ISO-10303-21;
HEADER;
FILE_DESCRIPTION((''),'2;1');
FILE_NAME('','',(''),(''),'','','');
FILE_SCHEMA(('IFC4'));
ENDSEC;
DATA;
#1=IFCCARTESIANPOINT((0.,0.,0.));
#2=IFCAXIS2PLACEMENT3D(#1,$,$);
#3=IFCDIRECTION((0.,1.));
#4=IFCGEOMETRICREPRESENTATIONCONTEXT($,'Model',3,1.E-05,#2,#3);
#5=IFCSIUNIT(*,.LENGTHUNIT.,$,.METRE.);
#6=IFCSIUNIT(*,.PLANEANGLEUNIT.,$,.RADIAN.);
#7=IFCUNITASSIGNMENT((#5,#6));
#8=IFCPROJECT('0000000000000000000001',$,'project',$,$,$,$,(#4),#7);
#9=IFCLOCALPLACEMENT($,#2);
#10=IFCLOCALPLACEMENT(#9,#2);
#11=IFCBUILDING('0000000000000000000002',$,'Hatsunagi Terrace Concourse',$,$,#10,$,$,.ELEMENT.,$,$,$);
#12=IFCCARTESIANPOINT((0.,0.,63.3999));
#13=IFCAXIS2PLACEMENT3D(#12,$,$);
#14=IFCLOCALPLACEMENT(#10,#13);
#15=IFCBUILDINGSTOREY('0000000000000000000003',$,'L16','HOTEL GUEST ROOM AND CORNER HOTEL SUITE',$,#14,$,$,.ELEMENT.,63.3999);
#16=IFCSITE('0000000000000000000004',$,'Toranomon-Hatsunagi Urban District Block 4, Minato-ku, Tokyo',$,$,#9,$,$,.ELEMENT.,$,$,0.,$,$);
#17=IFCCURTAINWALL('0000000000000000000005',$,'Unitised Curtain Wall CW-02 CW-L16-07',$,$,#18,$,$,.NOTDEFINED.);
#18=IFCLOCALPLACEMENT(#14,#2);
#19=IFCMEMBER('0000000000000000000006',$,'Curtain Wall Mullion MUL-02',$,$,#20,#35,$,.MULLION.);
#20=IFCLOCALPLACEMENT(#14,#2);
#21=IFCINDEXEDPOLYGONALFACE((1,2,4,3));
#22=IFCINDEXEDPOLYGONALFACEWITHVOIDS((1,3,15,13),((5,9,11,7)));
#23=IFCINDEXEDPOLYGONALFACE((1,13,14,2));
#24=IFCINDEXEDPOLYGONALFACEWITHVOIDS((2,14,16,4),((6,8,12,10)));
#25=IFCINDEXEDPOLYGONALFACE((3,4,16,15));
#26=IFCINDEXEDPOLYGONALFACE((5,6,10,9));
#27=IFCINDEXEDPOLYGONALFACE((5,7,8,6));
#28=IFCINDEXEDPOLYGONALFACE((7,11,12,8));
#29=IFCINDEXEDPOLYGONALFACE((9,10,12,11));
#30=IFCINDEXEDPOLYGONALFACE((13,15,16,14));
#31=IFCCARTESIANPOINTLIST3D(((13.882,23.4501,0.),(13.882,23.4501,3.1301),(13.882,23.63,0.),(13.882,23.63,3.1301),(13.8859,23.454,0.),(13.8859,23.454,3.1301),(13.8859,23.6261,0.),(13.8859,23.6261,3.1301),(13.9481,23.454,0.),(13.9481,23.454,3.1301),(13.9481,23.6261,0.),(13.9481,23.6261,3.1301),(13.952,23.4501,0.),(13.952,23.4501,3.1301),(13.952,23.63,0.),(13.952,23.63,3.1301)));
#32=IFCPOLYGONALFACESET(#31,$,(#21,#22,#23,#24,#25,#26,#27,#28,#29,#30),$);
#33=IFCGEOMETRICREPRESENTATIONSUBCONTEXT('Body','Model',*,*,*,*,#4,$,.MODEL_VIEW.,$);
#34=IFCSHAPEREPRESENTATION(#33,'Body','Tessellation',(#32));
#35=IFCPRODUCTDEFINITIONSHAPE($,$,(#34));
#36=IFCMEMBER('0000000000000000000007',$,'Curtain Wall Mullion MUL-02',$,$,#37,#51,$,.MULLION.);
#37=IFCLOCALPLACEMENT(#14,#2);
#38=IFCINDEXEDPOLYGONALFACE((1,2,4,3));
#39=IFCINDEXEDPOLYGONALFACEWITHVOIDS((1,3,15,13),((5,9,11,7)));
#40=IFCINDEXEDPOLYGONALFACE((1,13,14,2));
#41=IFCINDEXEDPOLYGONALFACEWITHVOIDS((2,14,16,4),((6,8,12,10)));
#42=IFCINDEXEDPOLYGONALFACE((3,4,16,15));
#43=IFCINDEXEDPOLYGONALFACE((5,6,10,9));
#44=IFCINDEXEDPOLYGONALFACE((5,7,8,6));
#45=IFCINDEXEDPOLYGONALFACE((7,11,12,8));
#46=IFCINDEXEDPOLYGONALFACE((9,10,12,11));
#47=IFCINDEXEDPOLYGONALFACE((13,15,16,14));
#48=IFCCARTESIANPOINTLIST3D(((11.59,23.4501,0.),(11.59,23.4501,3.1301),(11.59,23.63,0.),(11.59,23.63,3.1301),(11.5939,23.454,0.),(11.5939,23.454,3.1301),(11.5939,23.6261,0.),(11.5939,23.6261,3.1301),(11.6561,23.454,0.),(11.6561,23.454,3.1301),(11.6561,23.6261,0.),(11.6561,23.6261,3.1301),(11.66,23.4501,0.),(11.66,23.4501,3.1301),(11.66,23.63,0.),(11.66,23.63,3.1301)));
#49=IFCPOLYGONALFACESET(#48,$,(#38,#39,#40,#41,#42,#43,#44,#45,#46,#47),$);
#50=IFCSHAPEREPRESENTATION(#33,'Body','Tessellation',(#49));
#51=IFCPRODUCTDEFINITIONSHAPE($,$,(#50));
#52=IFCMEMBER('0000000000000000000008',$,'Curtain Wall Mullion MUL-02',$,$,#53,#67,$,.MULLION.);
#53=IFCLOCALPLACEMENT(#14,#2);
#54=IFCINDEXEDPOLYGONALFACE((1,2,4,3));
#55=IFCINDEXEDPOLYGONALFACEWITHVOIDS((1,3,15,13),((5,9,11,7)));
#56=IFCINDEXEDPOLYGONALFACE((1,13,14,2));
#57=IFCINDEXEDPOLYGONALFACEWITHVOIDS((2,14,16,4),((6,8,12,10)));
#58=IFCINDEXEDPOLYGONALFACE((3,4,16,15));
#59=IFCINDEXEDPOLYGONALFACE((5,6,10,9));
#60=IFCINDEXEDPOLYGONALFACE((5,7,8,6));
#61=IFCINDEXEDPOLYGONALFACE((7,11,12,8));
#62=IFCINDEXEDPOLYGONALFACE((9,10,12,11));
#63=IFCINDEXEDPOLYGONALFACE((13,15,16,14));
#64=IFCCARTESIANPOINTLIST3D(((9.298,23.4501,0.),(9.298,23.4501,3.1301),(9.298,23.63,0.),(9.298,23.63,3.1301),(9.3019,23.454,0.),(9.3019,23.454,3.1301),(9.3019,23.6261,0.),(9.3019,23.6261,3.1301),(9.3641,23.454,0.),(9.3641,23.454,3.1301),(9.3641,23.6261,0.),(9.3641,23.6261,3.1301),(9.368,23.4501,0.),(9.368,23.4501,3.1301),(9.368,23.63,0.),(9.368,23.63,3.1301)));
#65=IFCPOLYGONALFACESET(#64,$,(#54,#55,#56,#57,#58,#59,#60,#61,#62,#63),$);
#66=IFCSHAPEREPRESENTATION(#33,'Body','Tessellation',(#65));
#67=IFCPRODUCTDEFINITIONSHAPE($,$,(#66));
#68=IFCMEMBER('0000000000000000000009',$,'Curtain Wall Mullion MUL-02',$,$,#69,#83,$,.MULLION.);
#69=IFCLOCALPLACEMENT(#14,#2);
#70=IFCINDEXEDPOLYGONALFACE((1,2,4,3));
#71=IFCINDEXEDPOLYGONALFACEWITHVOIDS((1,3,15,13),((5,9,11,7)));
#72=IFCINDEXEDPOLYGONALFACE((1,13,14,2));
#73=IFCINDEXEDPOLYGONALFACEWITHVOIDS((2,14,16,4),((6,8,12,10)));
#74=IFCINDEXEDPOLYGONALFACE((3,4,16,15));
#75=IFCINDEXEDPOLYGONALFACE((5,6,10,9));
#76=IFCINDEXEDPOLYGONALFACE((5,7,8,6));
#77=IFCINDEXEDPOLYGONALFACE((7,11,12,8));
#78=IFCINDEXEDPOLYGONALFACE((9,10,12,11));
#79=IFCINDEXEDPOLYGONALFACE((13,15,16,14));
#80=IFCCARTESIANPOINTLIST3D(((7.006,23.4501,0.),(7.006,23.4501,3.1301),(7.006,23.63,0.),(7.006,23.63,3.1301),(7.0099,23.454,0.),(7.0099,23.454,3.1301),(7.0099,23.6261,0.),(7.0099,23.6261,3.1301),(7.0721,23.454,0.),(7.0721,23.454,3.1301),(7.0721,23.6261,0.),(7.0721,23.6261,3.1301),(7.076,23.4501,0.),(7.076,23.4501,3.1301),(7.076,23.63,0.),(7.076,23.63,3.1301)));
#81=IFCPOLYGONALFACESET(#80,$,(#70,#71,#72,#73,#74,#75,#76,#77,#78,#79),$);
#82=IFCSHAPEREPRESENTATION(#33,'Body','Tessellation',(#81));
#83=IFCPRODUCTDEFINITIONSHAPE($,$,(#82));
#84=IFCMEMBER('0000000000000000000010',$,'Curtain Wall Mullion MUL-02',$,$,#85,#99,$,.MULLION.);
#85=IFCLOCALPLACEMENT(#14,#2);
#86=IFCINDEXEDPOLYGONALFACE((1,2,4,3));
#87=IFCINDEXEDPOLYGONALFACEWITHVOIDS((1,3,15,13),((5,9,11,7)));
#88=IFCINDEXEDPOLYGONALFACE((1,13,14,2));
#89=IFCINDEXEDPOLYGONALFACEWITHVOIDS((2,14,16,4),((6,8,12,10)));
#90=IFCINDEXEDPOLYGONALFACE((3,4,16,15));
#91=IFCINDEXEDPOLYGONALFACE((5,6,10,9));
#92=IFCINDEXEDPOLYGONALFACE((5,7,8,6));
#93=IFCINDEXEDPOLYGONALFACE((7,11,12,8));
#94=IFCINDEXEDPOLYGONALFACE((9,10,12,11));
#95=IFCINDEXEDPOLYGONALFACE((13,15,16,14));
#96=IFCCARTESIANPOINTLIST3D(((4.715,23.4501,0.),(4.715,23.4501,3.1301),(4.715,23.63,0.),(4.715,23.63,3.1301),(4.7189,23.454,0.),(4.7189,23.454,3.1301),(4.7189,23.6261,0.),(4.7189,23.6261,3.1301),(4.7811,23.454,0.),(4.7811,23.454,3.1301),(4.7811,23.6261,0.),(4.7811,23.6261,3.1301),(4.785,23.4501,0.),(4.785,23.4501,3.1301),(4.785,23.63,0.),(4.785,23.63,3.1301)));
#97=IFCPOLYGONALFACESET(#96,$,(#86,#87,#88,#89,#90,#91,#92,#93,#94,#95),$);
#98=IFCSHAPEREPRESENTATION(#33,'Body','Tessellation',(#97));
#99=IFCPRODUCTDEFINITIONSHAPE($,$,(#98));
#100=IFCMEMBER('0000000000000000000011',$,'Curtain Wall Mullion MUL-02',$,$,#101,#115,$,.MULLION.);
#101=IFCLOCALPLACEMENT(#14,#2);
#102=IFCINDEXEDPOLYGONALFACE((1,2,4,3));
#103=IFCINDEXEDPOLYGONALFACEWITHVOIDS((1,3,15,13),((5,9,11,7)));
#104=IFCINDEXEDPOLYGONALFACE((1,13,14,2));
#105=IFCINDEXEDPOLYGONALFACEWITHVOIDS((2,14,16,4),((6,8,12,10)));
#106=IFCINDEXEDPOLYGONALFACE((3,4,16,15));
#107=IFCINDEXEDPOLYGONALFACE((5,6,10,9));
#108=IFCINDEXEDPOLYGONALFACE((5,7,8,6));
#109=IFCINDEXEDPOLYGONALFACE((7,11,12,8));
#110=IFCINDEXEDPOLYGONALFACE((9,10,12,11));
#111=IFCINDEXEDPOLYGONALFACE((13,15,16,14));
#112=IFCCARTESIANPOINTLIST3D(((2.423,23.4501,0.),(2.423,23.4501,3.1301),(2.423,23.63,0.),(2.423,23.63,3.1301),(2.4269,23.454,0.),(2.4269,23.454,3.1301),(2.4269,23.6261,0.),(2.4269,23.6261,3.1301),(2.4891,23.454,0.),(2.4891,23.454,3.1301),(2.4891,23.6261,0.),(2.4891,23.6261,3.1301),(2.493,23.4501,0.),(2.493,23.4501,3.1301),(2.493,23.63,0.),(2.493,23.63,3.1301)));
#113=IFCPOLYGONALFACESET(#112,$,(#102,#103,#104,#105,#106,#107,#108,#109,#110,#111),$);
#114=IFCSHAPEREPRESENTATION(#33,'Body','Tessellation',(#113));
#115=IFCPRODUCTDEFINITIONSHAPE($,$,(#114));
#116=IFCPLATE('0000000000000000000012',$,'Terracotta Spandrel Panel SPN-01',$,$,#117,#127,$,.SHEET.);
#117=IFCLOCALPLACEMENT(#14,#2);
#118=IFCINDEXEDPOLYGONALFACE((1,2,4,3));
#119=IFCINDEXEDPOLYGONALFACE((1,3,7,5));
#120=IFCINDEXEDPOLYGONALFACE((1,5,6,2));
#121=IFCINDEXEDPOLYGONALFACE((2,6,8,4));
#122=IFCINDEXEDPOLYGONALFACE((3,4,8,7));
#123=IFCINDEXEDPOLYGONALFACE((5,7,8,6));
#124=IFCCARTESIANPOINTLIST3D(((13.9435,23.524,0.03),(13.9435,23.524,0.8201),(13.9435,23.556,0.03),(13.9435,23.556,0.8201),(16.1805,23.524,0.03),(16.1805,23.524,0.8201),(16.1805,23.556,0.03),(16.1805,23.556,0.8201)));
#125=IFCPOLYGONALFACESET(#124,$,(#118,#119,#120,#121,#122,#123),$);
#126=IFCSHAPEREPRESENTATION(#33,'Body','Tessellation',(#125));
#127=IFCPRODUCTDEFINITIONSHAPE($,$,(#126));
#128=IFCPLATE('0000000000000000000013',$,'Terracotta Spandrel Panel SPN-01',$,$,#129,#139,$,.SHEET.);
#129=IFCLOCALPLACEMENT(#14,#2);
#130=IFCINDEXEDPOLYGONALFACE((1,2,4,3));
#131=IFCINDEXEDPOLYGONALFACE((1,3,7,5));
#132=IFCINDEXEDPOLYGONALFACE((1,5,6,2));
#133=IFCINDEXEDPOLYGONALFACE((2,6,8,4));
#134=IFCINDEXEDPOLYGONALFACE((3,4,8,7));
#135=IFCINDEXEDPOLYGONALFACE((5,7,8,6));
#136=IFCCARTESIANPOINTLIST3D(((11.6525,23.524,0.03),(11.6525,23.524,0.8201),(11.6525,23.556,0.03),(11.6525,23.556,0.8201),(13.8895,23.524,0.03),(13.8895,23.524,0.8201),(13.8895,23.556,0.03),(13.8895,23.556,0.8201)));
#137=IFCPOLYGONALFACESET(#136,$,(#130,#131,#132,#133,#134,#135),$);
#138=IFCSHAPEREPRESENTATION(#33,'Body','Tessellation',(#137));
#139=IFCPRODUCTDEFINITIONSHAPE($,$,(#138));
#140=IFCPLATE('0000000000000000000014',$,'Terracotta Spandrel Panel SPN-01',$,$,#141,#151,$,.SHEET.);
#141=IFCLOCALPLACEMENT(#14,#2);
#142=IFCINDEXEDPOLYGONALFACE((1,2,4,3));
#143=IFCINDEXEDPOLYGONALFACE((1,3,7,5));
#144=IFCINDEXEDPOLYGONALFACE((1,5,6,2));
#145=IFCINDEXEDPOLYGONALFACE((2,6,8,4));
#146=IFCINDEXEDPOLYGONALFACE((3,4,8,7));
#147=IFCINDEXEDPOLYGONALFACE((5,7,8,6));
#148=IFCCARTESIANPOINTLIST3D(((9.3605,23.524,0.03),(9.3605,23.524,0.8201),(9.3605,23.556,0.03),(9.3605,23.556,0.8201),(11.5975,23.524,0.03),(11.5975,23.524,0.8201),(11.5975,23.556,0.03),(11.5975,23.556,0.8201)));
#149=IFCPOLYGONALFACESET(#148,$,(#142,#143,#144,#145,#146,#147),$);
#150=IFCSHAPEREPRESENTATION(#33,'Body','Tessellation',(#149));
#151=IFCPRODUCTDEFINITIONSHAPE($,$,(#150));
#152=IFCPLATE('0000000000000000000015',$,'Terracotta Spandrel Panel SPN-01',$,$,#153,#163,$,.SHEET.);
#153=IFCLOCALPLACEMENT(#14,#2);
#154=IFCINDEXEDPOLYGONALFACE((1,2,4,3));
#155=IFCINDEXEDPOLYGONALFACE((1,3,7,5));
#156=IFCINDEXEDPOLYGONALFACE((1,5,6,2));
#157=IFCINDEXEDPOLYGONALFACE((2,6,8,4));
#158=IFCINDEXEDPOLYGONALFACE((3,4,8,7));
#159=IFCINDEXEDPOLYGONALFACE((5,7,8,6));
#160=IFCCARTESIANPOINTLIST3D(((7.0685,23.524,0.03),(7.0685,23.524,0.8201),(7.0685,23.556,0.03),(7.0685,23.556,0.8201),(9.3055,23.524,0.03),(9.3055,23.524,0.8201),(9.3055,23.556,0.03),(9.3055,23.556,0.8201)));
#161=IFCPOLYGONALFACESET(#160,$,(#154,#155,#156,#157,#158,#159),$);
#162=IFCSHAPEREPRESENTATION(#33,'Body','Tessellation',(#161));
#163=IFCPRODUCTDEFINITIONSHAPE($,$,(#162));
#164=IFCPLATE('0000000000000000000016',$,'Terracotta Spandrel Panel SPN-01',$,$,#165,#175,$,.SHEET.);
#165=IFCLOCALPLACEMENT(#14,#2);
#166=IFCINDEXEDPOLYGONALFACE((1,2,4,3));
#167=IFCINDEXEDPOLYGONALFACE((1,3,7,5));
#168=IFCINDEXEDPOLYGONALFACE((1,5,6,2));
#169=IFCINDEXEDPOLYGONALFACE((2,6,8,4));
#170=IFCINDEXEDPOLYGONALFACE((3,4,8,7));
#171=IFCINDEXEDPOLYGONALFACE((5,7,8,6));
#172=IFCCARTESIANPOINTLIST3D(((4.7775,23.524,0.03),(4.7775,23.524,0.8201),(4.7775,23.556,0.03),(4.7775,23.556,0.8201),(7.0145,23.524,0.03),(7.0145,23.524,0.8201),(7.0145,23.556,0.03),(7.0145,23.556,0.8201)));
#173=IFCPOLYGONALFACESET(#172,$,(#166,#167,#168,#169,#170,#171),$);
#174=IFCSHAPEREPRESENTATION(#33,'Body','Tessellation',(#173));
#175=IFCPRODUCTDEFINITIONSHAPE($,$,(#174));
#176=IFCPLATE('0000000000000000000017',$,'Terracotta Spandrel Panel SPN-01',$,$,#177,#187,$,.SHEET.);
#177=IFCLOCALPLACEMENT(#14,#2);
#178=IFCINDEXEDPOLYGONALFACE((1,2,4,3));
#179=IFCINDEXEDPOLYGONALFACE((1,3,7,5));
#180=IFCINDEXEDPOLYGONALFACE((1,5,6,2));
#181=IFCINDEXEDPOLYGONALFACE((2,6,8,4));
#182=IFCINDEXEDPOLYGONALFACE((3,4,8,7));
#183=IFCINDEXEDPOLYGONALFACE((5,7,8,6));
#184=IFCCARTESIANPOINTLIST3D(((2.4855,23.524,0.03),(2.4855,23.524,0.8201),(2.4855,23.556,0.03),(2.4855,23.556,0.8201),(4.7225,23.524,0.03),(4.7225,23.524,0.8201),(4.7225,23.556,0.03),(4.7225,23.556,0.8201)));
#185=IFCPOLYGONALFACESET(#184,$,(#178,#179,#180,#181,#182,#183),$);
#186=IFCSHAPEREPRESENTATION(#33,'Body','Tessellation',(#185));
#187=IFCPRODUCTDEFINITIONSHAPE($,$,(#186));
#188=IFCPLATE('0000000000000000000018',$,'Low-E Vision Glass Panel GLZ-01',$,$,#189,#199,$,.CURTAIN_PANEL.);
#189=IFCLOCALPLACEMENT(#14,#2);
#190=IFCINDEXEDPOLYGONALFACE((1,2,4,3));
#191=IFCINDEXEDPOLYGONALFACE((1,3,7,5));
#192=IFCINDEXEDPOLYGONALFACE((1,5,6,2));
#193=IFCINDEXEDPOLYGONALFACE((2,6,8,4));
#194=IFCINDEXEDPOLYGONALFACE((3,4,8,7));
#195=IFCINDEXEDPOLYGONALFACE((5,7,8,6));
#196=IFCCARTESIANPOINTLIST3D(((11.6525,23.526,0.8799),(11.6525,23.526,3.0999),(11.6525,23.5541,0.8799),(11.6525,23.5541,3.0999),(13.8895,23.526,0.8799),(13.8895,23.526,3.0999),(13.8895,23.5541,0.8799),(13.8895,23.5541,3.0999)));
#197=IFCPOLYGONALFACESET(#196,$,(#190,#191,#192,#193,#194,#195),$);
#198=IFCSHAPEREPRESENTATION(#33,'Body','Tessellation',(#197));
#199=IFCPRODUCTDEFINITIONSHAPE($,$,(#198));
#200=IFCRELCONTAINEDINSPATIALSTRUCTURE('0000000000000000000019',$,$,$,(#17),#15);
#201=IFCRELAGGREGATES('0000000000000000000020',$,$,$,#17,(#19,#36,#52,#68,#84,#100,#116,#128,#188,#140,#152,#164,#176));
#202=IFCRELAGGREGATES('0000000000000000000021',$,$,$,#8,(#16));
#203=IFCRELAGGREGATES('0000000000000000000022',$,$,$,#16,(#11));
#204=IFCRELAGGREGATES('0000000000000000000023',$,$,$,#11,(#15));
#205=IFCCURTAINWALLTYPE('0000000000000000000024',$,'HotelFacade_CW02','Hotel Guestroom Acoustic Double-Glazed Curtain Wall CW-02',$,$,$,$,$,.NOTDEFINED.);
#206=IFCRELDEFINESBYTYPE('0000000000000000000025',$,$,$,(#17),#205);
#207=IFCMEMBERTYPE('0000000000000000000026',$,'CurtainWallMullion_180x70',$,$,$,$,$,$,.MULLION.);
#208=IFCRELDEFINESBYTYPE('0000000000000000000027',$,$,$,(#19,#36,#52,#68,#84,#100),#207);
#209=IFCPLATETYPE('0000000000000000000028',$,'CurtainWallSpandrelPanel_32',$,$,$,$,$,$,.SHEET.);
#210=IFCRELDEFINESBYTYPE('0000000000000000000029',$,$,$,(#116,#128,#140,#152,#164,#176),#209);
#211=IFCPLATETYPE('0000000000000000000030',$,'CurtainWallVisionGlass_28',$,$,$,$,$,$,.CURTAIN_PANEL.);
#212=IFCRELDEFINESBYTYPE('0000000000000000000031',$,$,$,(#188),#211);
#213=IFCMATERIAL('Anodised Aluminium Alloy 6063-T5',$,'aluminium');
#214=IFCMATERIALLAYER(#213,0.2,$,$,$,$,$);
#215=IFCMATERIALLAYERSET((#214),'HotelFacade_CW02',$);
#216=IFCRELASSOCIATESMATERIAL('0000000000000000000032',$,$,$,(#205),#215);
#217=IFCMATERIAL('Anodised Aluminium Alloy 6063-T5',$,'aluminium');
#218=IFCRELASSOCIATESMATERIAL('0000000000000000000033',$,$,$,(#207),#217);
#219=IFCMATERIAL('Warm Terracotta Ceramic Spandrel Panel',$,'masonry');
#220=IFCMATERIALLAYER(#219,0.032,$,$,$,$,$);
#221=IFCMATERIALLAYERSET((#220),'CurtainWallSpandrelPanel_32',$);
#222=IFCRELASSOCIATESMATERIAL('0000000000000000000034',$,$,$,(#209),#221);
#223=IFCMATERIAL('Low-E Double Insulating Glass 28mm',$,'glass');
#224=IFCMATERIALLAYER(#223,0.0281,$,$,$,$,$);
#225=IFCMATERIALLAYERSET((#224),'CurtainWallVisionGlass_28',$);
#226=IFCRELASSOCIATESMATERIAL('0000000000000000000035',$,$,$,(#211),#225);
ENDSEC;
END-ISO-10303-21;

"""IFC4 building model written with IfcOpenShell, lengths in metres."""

from ifc_helpers import new_model, si_unit, direction, frame, origin, origin_2d, place, context, subcontext, project, spatial, rectangle, hollow_rectangle, extrude, material, layer, layer_set, material_profile, profile_set, type_object, element, aggregate, save


model = new_model("IFC4")

# Units and contexts
model_context = context("Model", 3, precision=1e-05, world=origin(), true_north=direction((0.0, 1.0)))
body_context = subcontext(model_context, "Body", "Model", "MODEL_VIEW")
ifc_project = project(units=[si_unit("LENGTHUNIT", "METRE"), si_unit("PLANEANGLEUNIT", "RADIAN")], contexts=[model_context])

# Site, building, storey
site_placement = place(None, origin())
site = spatial("IfcSite", under=ifc_project, at=site_placement, Name="Toranomon-Hatsunagi Urban District Block 4, Minato-ku, Tokyo", CompositionType="ELEMENT", RefElevation=0.0)
building_placement = place(site_placement, origin())
building = spatial("IfcBuilding", under=site, at=building_placement, Name="Hatsunagi Terrace Concourse", CompositionType="ELEMENT")
storey_placement = place(building_placement, frame((0.0, 0.0, 63.3999)))
storey = spatial("IfcBuildingStorey", under=building, at=storey_placement, Name="L16", Description="HOTEL GUEST ROOM AND CORNER HOTEL SUITE", CompositionType="ELEMENT", Elevation=63.3999)

# Curtain wall, members, plates
ifc_material_1 = material(Name="Anodised Aluminium Alloy 6063-T5", Category="aluminium")
ifc_layer_1 = layer(ifc_material_1, 0.2)
ifc_layer_set_1 = layer_set([ifc_layer_1], Name="HotelFacade_CW02")
curtain_wall_type = type_object("IfcCurtainWallType", Name="HotelFacade_CW02", Description="Hotel Guestroom Acoustic Double-Glazed Curtain Wall CW-02", PredefinedType="NOTDEFINED", material=ifc_layer_set_1)
curtain_wall_placement = place(storey_placement, origin())
curtain_wall = element("IfcCurtainWall", 1, at=curtain_wall_placement, inside=storey, type_object=curtain_wall_type, Name="Unitised Curtain Wall CW-02 CW-L16-07", PredefinedType="NOTDEFINED")
ifc_material_2 = material(Name="Anodised Aluminium Alloy 6063-T5", Category="aluminium")
ifc_material_profile = material_profile(ifc_material_2, hollow_rectangle(XDim=0.0701, YDim=0.1799, WallThickness=0.0039, at=origin_2d()), Name="ALU-MUL-180x70x4")
ifc_profile_set = profile_set([ifc_material_profile], Name="Anodised Aluminium Alloy 6063-T5")
member_type = type_object("IfcMemberType", Name="CurtainWallMullion_180x70", PredefinedType="MULLION", material=ifc_profile_set)
member_1_placement = place(storey_placement, frame((13.917, 23.54, 0.0), z_axis=(0.0, 0.0, 1.0), x_axis=(-1.0, 0.0, 0.0)))
member_1 = element("IfcMember", 2, at=member_1_placement, type_object=member_type, Name="Curtain Wall Mullion MUL-02", PredefinedType="MULLION", context=body_context, shape_type="SweptSolid", body=[
    extrude(hollow_rectangle(XDim=0.0701, YDim=0.1799, WallThickness=0.0039, at=origin_2d()), origin(), (0.0, 0.0, 1.0), 3.1301),
])
member_2_placement = place(storey_placement, frame((11.625, 23.54, 0.0), z_axis=(0.0, 0.0, 1.0), x_axis=(-1.0, 0.0, 0.0)))
member_2 = element("IfcMember", 3, at=member_2_placement, type_object=member_type, Name="Curtain Wall Mullion MUL-02", PredefinedType="MULLION", context=body_context, shape_type="SweptSolid", body=[
    extrude(hollow_rectangle(XDim=0.0701, YDim=0.1799, WallThickness=0.0039, at=origin_2d()), origin(), (0.0, 0.0, 1.0), 3.1301),
])
member_3_placement = place(storey_placement, frame((9.333, 23.54, 0.0), z_axis=(0.0, 0.0, 1.0), x_axis=(-1.0, 0.0, 0.0)))
member_3 = element("IfcMember", 4, at=member_3_placement, type_object=member_type, Name="Curtain Wall Mullion MUL-02", PredefinedType="MULLION", context=body_context, shape_type="SweptSolid", body=[
    extrude(hollow_rectangle(XDim=0.0701, YDim=0.1799, WallThickness=0.0039, at=origin_2d()), origin(), (0.0, 0.0, 1.0), 3.1301),
])
member_4_placement = place(storey_placement, frame((7.041, 23.54, 0.0), z_axis=(0.0, 0.0, 1.0), x_axis=(-1.0, 0.0, 0.0)))
member_4 = element("IfcMember", 5, at=member_4_placement, type_object=member_type, Name="Curtain Wall Mullion MUL-02", PredefinedType="MULLION", context=body_context, shape_type="SweptSolid", body=[
    extrude(hollow_rectangle(XDim=0.0701, YDim=0.1799, WallThickness=0.0039, at=origin_2d()), origin(), (0.0, 0.0, 1.0), 3.1301),
])
member_5_placement = place(storey_placement, frame((4.75, 23.54, 0.0), z_axis=(0.0, 0.0, 1.0), x_axis=(-1.0, 0.0, 0.0)))
member_5 = element("IfcMember", 6, at=member_5_placement, type_object=member_type, Name="Curtain Wall Mullion MUL-02", PredefinedType="MULLION", context=body_context, shape_type="SweptSolid", body=[
    extrude(hollow_rectangle(XDim=0.0701, YDim=0.1799, WallThickness=0.0039, at=origin_2d()), origin(), (0.0, 0.0, 1.0), 3.1301),
])
member_6_placement = place(storey_placement, frame((2.458, 23.54, 0.0), z_axis=(0.0, 0.0, 1.0), x_axis=(-1.0, 0.0, 0.0)))
member_6 = element("IfcMember", 7, at=member_6_placement, type_object=member_type, Name="Curtain Wall Mullion MUL-02", PredefinedType="MULLION", context=body_context, shape_type="SweptSolid", body=[
    extrude(hollow_rectangle(XDim=0.0701, YDim=0.1799, WallThickness=0.0039, at=origin_2d()), origin(), (0.0, 0.0, 1.0), 3.1301),
])
ifc_material_3 = material(Name="Warm Terracotta Ceramic Spandrel Panel", Category="masonry")
ifc_layer_2 = layer(ifc_material_3, 0.032)
ifc_layer_set_2 = layer_set([ifc_layer_2], Name="CurtainWallSpandrelPanel_32")
plate_type_1 = type_object("IfcPlateType", Name="CurtainWallSpandrelPanel_32", PredefinedType="SHEET", material=ifc_layer_set_2)
plate_1_placement = place(storey_placement, frame((15.062, 23.54, 0.03), z_axis=(0.0, 0.0, 1.0), x_axis=(-1.0, 0.0, 0.0)))
plate_1 = element("IfcPlate", 8, at=plate_1_placement, type_object=plate_type_1, Name="Terracotta Spandrel Panel SPN-01", PredefinedType="SHEET", context=body_context, shape_type="SweptSolid", body=[
    extrude(rectangle(XDim=2.2371, YDim=0.032, at=origin_2d()), origin(), (0.0, 0.0, 1.0), 0.79),
])
plate_2_placement = place(storey_placement, frame((12.771, 23.54, 0.03), z_axis=(0.0, 0.0, 1.0), x_axis=(-1.0, 0.0, 0.0)))
plate_2 = element("IfcPlate", 9, at=plate_2_placement, type_object=plate_type_1, Name="Terracotta Spandrel Panel SPN-01", PredefinedType="SHEET", context=body_context, shape_type="SweptSolid", body=[
    extrude(rectangle(XDim=2.2371, YDim=0.032, at=origin_2d()), origin(), (0.0, 0.0, 1.0), 0.79),
])
plate_3_placement = place(storey_placement, frame((10.479, 23.54, 0.03), z_axis=(0.0, 0.0, 1.0), x_axis=(-1.0, 0.0, 0.0)))
plate_3 = element("IfcPlate", 10, at=plate_3_placement, type_object=plate_type_1, Name="Terracotta Spandrel Panel SPN-01", PredefinedType="SHEET", context=body_context, shape_type="SweptSolid", body=[
    extrude(rectangle(XDim=2.2371, YDim=0.032, at=origin_2d()), origin(), (0.0, 0.0, 1.0), 0.79),
])
plate_4_placement = place(storey_placement, frame((8.187, 23.54, 0.03), z_axis=(0.0, 0.0, 1.0), x_axis=(-1.0, 0.0, 0.0)))
plate_4 = element("IfcPlate", 11, at=plate_4_placement, type_object=plate_type_1, Name="Terracotta Spandrel Panel SPN-01", PredefinedType="SHEET", context=body_context, shape_type="SweptSolid", body=[
    extrude(rectangle(XDim=2.2371, YDim=0.032, at=origin_2d()), origin(), (0.0, 0.0, 1.0), 0.79),
])
plate_5_placement = place(storey_placement, frame((5.896, 23.54, 0.03), z_axis=(0.0, 0.0, 1.0), x_axis=(-1.0, 0.0, 0.0)))
plate_5 = element("IfcPlate", 12, at=plate_5_placement, type_object=plate_type_1, Name="Terracotta Spandrel Panel SPN-01", PredefinedType="SHEET", context=body_context, shape_type="SweptSolid", body=[
    extrude(rectangle(XDim=2.2371, YDim=0.032, at=origin_2d()), origin(), (0.0, 0.0, 1.0), 0.79),
])
plate_6_placement = place(storey_placement, frame((3.604, 23.54, 0.03), z_axis=(0.0, 0.0, 1.0), x_axis=(-1.0, 0.0, 0.0)))
plate_6 = element("IfcPlate", 13, at=plate_6_placement, type_object=plate_type_1, Name="Terracotta Spandrel Panel SPN-01", PredefinedType="SHEET", context=body_context, shape_type="SweptSolid", body=[
    extrude(rectangle(XDim=2.2371, YDim=0.032, at=origin_2d()), origin(), (0.0, 0.0, 1.0), 0.79),
])
ifc_material_4 = material(Name="Low-E Double Insulating Glass 28mm", Category="glass")
ifc_layer_3 = layer(ifc_material_4, 0.0281)
ifc_layer_set_3 = layer_set([ifc_layer_3], Name="CurtainWallVisionGlass_28")
plate_type_2 = type_object("IfcPlateType", Name="CurtainWallVisionGlass_28", PredefinedType="CURTAIN_PANEL", material=ifc_layer_set_3)
plate_7_placement = place(storey_placement, frame((12.771, 23.54, 0.8799), z_axis=(0.0, 0.0, 1.0), x_axis=(-1.0, 0.0, 0.0)))
plate_7 = element("IfcPlate", 14, at=plate_7_placement, type_object=plate_type_2, Name="Low-E Vision Glass Panel GLZ-01", PredefinedType="CURTAIN_PANEL", context=body_context, shape_type="SweptSolid", body=[
    extrude(rectangle(XDim=2.2371, YDim=0.0281, at=origin_2d()), origin(), (0.0, 0.0, 1.0), 2.22),
])
aggregate(curtain_wall, [member_1, member_2, member_3, member_4, member_5, member_6, plate_1, plate_2, plate_7, plate_3, plate_4, plate_5, plate_6])

save(model, "model.ifc")
